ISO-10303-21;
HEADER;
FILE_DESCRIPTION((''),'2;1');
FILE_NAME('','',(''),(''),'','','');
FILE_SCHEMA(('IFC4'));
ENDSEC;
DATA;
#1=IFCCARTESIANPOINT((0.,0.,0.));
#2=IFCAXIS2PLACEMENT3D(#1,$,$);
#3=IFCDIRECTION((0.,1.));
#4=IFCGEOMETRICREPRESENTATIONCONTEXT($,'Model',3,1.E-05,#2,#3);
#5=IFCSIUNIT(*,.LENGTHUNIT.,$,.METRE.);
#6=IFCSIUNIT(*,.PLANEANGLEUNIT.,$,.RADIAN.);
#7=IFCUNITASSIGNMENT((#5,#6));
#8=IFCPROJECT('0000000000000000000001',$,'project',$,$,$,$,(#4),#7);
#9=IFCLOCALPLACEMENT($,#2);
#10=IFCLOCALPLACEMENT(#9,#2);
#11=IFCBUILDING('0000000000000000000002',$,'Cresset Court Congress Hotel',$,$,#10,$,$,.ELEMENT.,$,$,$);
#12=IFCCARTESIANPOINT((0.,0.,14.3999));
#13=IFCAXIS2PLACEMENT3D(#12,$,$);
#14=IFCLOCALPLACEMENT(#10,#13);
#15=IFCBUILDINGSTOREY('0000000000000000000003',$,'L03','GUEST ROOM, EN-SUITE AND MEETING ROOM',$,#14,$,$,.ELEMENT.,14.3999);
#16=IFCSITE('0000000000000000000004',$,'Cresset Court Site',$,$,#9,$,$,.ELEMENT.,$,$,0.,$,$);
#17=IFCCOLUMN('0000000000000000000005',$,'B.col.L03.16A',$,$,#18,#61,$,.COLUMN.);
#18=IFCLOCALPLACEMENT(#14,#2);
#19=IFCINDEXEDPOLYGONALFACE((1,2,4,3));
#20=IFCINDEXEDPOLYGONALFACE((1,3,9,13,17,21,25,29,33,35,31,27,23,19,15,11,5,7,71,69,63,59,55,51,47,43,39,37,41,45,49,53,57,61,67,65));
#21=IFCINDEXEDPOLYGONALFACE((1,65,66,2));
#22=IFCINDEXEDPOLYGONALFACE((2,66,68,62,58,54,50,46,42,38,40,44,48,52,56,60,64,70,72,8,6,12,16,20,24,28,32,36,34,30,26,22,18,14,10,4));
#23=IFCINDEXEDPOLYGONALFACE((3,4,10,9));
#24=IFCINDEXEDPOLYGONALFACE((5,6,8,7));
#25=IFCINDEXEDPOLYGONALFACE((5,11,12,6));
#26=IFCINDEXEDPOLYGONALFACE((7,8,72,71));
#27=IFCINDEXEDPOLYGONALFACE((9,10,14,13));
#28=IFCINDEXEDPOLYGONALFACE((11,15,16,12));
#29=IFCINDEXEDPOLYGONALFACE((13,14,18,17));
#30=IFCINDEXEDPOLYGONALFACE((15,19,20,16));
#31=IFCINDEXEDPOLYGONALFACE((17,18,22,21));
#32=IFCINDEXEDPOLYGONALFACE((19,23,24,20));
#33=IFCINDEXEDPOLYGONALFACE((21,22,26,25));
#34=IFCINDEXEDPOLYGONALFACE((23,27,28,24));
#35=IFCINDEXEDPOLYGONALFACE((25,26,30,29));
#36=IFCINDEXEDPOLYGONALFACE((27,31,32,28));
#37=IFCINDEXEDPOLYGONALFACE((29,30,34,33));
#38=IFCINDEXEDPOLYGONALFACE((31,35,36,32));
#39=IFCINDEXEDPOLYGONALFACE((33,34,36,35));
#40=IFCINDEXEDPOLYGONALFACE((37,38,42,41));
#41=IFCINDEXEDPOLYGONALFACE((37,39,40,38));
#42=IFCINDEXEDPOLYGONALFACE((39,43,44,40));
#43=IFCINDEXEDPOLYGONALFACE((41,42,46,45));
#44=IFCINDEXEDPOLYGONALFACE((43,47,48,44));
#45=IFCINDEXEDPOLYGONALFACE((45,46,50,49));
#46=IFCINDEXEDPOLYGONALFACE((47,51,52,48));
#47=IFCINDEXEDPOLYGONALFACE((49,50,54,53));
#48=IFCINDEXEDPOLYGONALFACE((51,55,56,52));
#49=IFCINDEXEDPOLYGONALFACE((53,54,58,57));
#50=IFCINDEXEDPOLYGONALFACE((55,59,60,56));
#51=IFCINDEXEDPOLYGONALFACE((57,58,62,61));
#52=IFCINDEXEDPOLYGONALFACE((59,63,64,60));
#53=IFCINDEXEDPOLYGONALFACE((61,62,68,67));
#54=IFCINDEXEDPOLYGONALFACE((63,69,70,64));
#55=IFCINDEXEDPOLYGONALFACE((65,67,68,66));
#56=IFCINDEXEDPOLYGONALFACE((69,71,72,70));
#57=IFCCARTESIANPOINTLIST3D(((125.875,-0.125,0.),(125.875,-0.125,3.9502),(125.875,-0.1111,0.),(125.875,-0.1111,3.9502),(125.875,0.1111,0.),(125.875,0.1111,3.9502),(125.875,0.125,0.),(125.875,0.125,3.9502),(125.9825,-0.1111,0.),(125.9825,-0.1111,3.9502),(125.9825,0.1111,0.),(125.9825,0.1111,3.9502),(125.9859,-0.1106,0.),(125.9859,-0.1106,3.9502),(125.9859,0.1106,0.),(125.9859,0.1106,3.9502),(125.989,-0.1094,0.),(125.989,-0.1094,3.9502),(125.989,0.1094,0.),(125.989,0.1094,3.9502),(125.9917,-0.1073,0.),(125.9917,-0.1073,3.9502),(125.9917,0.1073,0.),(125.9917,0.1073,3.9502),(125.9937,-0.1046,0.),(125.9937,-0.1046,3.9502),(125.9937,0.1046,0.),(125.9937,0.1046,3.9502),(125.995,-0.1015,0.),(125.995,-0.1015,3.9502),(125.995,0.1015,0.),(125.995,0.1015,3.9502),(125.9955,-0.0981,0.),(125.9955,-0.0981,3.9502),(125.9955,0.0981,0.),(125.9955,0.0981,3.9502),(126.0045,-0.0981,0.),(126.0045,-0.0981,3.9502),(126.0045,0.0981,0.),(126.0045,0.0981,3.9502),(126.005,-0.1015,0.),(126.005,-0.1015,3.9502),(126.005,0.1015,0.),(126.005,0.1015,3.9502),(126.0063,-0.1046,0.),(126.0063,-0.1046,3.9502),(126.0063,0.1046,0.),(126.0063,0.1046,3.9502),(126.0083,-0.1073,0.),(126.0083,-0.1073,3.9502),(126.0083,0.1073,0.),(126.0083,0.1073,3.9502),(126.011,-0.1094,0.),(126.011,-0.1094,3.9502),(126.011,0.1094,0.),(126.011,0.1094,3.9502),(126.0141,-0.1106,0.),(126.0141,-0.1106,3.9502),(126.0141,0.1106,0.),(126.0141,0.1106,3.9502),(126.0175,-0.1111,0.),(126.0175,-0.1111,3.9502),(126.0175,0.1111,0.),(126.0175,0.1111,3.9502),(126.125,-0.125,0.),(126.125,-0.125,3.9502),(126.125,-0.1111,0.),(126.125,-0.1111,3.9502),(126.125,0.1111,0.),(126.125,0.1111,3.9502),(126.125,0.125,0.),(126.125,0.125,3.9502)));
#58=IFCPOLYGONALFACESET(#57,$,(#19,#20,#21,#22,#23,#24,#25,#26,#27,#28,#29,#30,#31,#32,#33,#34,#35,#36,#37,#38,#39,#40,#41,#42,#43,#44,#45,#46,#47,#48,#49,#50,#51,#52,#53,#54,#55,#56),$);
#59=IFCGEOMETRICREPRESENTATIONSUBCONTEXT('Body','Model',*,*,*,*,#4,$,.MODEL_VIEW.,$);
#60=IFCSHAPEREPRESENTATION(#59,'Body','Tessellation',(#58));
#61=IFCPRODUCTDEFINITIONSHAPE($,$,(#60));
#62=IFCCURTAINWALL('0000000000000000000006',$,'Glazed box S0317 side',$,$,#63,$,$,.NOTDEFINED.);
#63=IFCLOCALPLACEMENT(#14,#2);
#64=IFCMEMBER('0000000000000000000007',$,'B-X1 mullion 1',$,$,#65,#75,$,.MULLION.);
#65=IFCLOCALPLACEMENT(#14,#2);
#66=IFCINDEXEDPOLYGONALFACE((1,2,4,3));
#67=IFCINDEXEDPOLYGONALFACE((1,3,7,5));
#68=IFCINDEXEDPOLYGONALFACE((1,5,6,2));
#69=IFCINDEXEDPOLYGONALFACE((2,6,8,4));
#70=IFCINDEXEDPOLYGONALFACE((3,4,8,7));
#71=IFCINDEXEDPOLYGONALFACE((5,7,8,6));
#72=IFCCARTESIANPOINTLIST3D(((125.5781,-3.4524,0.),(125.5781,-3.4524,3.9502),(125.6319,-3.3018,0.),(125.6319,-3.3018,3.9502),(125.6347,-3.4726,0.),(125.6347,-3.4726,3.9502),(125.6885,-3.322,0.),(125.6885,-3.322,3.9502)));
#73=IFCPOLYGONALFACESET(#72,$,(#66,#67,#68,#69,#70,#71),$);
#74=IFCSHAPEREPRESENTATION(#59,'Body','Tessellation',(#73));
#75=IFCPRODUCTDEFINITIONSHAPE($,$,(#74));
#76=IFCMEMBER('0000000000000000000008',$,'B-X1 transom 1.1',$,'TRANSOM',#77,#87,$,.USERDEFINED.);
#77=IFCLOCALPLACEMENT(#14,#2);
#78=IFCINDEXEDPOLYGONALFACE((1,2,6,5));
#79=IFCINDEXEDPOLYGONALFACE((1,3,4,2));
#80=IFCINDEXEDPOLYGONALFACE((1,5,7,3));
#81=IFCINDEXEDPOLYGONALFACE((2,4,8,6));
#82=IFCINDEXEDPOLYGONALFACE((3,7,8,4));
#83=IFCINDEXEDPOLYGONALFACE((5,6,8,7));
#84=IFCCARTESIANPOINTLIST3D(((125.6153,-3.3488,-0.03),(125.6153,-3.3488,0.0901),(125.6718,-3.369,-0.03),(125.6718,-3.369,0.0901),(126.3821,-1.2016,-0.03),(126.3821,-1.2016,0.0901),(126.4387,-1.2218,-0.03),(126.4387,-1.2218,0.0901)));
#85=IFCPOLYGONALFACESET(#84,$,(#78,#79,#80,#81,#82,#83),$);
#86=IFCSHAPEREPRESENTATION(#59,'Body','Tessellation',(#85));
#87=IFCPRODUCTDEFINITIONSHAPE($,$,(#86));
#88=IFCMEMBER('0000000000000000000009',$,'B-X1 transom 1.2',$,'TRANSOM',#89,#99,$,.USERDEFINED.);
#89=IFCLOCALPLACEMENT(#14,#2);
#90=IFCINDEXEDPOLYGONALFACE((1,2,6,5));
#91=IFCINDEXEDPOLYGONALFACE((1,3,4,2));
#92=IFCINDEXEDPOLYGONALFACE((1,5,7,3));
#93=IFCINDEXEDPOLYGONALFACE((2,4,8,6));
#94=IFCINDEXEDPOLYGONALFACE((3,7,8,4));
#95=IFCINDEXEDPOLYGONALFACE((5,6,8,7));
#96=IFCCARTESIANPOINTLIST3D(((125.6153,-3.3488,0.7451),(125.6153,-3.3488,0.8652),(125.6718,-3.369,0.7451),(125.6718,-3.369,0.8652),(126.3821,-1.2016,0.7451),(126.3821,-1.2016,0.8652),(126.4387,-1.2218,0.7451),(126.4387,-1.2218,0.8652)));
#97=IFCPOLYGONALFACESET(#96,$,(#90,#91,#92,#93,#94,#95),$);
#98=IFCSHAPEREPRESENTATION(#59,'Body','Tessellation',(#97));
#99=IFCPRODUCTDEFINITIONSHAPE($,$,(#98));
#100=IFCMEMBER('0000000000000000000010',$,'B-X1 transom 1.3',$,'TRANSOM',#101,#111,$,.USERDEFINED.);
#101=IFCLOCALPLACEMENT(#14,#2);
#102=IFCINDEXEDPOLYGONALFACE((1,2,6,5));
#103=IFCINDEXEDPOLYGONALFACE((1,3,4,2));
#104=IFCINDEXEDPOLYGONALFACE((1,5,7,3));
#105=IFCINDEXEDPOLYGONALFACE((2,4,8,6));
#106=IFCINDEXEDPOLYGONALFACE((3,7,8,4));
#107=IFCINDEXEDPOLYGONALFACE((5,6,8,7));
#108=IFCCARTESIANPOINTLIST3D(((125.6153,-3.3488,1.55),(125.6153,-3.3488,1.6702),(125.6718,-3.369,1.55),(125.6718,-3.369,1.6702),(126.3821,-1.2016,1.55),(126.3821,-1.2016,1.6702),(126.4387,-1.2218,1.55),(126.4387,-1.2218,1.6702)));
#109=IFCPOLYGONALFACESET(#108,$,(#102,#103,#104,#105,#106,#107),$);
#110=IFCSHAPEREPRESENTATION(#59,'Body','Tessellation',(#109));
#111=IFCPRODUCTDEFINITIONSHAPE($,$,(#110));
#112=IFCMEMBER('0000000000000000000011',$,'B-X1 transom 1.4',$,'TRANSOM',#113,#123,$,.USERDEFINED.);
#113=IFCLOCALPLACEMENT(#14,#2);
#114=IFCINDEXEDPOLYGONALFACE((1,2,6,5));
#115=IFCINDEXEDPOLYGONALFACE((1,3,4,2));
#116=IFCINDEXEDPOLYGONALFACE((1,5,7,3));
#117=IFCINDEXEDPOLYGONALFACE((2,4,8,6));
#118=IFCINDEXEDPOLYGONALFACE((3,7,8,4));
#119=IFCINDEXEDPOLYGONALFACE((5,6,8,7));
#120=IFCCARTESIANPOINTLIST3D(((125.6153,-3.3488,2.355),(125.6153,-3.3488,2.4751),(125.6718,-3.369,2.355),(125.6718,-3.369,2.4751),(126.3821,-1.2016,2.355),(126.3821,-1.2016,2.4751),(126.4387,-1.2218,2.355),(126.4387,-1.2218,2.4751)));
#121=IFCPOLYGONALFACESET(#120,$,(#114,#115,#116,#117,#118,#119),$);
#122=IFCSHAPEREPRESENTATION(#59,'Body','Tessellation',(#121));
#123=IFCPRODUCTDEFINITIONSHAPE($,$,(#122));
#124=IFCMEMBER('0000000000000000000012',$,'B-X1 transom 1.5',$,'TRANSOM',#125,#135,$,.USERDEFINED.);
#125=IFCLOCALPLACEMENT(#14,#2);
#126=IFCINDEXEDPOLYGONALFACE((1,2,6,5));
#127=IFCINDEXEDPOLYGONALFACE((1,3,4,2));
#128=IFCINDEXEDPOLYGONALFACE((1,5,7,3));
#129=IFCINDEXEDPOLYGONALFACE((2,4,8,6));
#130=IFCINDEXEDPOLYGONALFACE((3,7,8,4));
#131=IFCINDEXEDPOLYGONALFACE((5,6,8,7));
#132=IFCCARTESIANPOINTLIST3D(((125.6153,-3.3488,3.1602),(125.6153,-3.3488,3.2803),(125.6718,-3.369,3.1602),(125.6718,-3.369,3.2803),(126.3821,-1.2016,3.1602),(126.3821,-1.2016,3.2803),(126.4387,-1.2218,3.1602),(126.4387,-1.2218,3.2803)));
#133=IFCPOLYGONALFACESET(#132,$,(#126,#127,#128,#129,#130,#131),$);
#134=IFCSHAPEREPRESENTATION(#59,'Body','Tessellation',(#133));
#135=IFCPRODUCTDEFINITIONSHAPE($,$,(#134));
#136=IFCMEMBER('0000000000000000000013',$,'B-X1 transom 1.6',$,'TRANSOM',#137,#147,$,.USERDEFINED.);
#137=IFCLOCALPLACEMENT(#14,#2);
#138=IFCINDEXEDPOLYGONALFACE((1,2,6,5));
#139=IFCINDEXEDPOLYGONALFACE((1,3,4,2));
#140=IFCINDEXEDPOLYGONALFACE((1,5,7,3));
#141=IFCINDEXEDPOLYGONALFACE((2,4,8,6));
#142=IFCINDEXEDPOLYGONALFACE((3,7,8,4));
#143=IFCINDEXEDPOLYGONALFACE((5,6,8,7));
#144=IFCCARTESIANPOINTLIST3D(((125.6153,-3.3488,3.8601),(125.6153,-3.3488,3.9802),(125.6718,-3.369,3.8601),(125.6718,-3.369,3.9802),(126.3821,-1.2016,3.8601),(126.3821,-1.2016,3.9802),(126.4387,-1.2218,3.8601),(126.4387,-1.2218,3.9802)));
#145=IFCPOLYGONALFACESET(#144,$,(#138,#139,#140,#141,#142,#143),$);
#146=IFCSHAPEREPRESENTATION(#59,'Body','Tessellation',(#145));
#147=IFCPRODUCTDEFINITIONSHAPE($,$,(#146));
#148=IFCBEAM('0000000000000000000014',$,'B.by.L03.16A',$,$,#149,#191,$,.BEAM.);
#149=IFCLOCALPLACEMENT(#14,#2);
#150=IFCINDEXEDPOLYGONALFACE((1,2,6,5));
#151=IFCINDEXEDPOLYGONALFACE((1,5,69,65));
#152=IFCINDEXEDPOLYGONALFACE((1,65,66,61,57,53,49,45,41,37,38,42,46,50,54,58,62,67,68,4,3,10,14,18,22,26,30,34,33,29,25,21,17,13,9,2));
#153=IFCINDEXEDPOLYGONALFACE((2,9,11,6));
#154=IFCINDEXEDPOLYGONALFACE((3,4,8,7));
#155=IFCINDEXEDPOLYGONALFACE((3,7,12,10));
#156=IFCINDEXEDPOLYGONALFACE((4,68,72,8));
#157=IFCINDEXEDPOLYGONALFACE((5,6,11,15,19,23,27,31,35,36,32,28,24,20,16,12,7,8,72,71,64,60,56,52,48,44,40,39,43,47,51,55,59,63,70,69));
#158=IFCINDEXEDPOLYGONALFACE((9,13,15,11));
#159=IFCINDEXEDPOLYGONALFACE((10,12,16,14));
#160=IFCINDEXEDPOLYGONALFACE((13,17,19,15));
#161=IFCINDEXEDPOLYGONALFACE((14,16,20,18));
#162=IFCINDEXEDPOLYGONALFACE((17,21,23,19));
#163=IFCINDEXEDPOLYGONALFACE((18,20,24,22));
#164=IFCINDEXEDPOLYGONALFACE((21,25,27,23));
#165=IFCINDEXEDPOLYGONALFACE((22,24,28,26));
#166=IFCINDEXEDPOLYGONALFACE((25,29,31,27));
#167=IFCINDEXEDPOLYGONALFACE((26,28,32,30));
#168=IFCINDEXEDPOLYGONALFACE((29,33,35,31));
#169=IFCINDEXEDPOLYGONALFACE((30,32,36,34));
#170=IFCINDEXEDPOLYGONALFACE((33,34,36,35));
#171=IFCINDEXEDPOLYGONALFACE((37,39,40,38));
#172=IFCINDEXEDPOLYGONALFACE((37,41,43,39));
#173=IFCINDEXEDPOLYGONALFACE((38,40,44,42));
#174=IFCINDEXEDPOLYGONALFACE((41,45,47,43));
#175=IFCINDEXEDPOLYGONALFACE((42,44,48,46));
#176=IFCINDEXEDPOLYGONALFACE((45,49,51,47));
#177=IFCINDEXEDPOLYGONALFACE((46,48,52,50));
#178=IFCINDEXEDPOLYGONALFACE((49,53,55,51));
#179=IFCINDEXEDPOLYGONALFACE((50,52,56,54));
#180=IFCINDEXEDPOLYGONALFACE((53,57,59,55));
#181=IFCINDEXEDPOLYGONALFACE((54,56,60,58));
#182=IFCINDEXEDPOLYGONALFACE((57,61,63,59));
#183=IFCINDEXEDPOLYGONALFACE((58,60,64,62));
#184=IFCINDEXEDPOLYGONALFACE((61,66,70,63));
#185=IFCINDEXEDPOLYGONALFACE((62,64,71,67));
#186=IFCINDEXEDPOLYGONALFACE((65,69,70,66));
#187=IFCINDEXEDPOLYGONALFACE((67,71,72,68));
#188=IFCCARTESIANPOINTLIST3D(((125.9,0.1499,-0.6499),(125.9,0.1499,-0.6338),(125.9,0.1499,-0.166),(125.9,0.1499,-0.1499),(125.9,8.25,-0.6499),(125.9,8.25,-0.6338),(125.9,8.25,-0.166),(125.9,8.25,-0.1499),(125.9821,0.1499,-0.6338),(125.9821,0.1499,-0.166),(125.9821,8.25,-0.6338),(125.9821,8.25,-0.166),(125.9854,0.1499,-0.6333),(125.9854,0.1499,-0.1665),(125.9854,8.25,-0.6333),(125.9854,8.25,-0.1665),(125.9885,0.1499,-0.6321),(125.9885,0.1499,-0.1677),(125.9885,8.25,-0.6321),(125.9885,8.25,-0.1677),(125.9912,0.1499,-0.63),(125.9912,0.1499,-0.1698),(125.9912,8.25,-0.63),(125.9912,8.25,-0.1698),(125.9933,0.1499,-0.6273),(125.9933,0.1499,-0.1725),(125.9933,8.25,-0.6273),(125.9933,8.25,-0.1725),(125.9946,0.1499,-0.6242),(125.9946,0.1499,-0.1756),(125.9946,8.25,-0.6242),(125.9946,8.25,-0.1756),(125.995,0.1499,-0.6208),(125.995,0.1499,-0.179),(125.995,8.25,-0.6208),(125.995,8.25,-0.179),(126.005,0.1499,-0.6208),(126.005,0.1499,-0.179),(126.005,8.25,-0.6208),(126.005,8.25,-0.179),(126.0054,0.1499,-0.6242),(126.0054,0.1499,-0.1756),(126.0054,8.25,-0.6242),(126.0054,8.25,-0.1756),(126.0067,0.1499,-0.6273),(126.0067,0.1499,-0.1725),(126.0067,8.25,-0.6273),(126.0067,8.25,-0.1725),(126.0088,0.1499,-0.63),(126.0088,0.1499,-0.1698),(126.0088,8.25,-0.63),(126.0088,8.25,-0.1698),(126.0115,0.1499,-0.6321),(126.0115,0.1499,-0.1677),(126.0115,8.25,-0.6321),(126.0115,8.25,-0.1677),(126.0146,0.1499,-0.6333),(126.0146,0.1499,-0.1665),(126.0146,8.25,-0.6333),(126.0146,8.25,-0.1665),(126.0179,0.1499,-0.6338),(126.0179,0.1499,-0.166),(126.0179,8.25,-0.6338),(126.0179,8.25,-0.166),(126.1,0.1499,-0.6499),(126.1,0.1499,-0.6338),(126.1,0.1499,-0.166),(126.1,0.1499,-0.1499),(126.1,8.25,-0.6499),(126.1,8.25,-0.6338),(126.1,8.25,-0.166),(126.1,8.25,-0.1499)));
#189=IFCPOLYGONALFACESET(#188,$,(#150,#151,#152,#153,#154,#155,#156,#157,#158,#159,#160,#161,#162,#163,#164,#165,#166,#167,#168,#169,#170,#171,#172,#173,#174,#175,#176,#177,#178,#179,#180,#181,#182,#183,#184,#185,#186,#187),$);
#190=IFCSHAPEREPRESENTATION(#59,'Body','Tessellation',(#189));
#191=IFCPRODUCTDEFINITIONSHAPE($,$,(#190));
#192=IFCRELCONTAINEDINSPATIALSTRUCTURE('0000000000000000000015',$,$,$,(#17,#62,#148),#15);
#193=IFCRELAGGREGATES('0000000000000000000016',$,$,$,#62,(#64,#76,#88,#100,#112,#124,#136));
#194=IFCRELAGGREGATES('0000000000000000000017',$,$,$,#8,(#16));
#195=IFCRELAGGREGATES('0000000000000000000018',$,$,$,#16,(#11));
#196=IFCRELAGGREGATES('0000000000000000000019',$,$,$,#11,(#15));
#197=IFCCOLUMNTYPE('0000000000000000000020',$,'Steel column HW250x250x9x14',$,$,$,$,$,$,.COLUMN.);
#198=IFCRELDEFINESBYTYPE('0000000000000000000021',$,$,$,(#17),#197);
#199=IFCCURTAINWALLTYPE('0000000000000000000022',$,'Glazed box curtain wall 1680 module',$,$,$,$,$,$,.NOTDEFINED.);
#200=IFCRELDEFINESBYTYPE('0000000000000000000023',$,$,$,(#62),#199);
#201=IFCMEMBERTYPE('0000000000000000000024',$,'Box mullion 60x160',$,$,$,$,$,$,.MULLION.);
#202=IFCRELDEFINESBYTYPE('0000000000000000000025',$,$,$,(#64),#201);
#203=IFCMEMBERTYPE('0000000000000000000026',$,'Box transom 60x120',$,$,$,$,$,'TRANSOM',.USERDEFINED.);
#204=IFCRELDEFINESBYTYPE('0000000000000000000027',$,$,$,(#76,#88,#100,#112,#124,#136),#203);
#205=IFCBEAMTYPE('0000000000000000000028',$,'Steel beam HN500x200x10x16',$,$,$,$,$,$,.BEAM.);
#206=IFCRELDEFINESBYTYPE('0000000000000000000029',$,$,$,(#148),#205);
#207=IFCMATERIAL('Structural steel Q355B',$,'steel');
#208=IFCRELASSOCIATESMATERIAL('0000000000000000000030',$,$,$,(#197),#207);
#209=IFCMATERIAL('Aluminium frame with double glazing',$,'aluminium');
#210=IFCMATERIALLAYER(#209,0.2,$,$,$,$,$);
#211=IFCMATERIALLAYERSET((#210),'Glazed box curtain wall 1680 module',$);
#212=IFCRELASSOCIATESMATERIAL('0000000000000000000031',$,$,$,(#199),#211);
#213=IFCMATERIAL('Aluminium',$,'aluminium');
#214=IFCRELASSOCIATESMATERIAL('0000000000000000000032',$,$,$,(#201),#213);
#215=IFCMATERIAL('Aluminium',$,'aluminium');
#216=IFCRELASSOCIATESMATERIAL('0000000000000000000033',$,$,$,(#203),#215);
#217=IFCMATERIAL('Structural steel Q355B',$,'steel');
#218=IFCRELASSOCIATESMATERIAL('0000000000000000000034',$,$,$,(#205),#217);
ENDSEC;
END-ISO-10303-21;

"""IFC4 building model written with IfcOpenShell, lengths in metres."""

from ifc_helpers import new_model, si_unit, direction, frame, origin, origin_2d, place, context, subcontext, project, spatial, rectangle, i_section, extrude, material, layer, layer_set, material_profile, profile_set, type_object, element, aggregate, save


model = new_model("IFC4")

# Units and contexts
model_context = context("Model", 3, precision=1e-05, world=origin(), true_north=direction((0.0, 1.0)))
body_context = subcontext(model_context, "Body", "Model", "MODEL_VIEW")
ifc_project = project(units=[si_unit("LENGTHUNIT", "METRE"), si_unit("PLANEANGLEUNIT", "RADIAN")], contexts=[model_context])

# Site, building, storey
site_placement = place(None, origin())
site = spatial("IfcSite", under=ifc_project, at=site_placement, Name="Cresset Court Site", CompositionType="ELEMENT", RefElevation=0.0)
building_placement = place(site_placement, origin())
building = spatial("IfcBuilding", under=site, at=building_placement, Name="Cresset Court Congress Hotel", CompositionType="ELEMENT")
storey_placement = place(building_placement, frame((0.0, 0.0, 14.3999)))
storey = spatial("IfcBuildingStorey", under=building, at=storey_placement, Name="L03", Description="GUEST ROOM, EN-SUITE AND MEETING ROOM", CompositionType="ELEMENT", Elevation=14.3999)

# Column
ifc_material_1 = material(Name="Structural steel Q355B", Category="steel")
ifc_material_profile_1 = material_profile(ifc_material_1, i_section(OverallWidth=0.25, OverallDepth=0.25, WebThickness=0.009, FlangeThickness=0.0139, FilletRadius=0.0129, at=origin_2d()), Name="HW250x250x9x14")
ifc_profile_set_1 = profile_set([ifc_material_profile_1], Name="Structural steel Q355B")
column_type = type_object("IfcColumnType", Name="Steel column HW250x250x9x14", PredefinedType="COLUMN", material=ifc_profile_set_1)
column_placement = place(storey_placement, frame((126.0, 0.0, 0.0), z_axis=(0.0, 0.0, 1.0), x_axis=(1.0, 0.0, 0.0)))
element("IfcColumn", 1, at=column_placement, inside=storey, type_object=column_type, Name="B.col.L03.16A", PredefinedType="COLUMN", context=body_context, shape_type="SweptSolid", body=[
    extrude(i_section(OverallWidth=0.25, OverallDepth=0.25, WebThickness=0.009, FlangeThickness=0.0139, FilletRadius=0.0129, at=origin_2d()), origin(), (0.0, 0.0, 1.0), 3.9502),
])

# Curtain wall, members
ifc_material_2 = material(Name="Aluminium frame with double glazing", Category="aluminium")
ifc_layer_1 = layer(ifc_material_2, 0.2)
ifc_layer_set_1 = layer_set([ifc_layer_1], Name="Glazed box curtain wall 1680 module")
curtain_wall_type = type_object("IfcCurtainWallType", Name="Glazed box curtain wall 1680 module", PredefinedType="NOTDEFINED", material=ifc_layer_set_1)
curtain_wall_1_placement = place(storey_placement, origin())
curtain_wall_1 = element("IfcCurtainWall", 2, at=curtain_wall_1_placement, inside=storey, type_object=curtain_wall_type, Name="Glazed box S0317 side", PredefinedType="NOTDEFINED")
ifc_material_3 = material(Name="Aluminium", Category="aluminium")
ifc_material_profile_2 = material_profile(ifc_material_3, rectangle(XDim=0.0601, YDim=0.1599, at=origin_2d()), Name="Box mullion 60x160")
ifc_profile_set_2 = profile_set([ifc_material_profile_2], Name="Aluminium")
member_type_1 = type_object("IfcMemberType", Name="Box mullion 60x160", PredefinedType="MULLION", material=ifc_profile_set_2)
member_1_placement = place(storey_placement, frame((125.6333, -3.3872, 0.0), z_axis=(0.0, 0.0, 1.0), x_axis=(-0.941742, 0.336336, 0.0)))
member_1 = element("IfcMember", 3, at=member_1_placement, type_object=member_type_1, Name="B-X1 mullion 1", PredefinedType="MULLION", context=body_context, shape_type="SweptSolid", body=[
    extrude(rectangle(XDim=0.0601, YDim=0.1599, at=origin_2d()), origin(), (0.0, 0.0, 1.0), 3.9502),
])
ifc_material_4 = material(Name="Aluminium", Category="aluminium")
ifc_material_profile_3 = material_profile(ifc_material_4, rectangle(XDim=0.0601, YDim=0.1201, at=origin_2d()), Name="Box transom 60x120")
ifc_profile_set_3 = profile_set([ifc_material_profile_3], Name="Aluminium")
member_type_2 = type_object("IfcMemberType", Name="Box transom 60x120", ElementType="TRANSOM", PredefinedType="USERDEFINED", material=ifc_profile_set_3)
member_2_placement = place(storey_placement, frame((125.6436, -3.3589, 0.03), z_axis=(0.33633, 0.941744, 0.0), x_axis=(-0.941744, 0.33633, 0.0)))
member_2 = element("IfcMember", 4, at=member_2_placement, type_object=member_type_2, Name="B-X1 transom 1.1", ObjectType="TRANSOM", PredefinedType="USERDEFINED", context=body_context, shape_type="SweptSolid", body=[
    extrude(rectangle(XDim=0.0601, YDim=0.1201, at=origin_2d()), origin(), (0.0, 0.0, 1.0), 2.28),
])
member_3_placement = place(storey_placement, frame((125.6436, -3.3589, 0.8052), z_axis=(0.33633, 0.941744, 0.0), x_axis=(-0.941744, 0.33633, 0.0)))
member_3 = element("IfcMember", 5, at=member_3_placement, type_object=member_type_2, Name="B-X1 transom 1.2", ObjectType="TRANSOM", PredefinedType="USERDEFINED", context=body_context, shape_type="SweptSolid", body=[
    extrude(rectangle(XDim=0.0601, YDim=0.1201, at=origin_2d()), origin(), (0.0, 0.0, 1.0), 2.28),
])
member_4_placement = place(storey_placement, frame((125.6436, -3.3589, 1.6101), z_axis=(0.33633, 0.941744, 0.0), x_axis=(-0.941744, 0.33633, 0.0)))
member_4 = element("IfcMember", 6, at=member_4_placement, type_object=member_type_2, Name="B-X1 transom 1.3", ObjectType="TRANSOM", PredefinedType="USERDEFINED", context=body_context, shape_type="SweptSolid", body=[
    extrude(rectangle(XDim=0.0601, YDim=0.1201, at=origin_2d()), origin(), (0.0, 0.0, 1.0), 2.28),
])
member_5_placement = place(storey_placement, frame((125.6436, -3.3589, 2.415), z_axis=(0.33633, 0.941744, 0.0), x_axis=(-0.941744, 0.33633, 0.0)))
member_5 = element("IfcMember", 7, at=member_5_placement, type_object=member_type_2, Name="B-X1 transom 1.4", ObjectType="TRANSOM", PredefinedType="USERDEFINED", context=body_context, shape_type="SweptSolid", body=[
    extrude(rectangle(XDim=0.0601, YDim=0.1201, at=origin_2d()), origin(), (0.0, 0.0, 1.0), 2.28),
])
member_6_placement = place(storey_placement, frame((125.6436, -3.3589, 3.2202), z_axis=(0.33633, 0.941744, 0.0), x_axis=(-0.941744, 0.33633, 0.0)))
member_6 = element("IfcMember", 8, at=member_6_placement, type_object=member_type_2, Name="B-X1 transom 1.5", ObjectType="TRANSOM", PredefinedType="USERDEFINED", context=body_context, shape_type="SweptSolid", body=[
    extrude(rectangle(XDim=0.0601, YDim=0.1201, at=origin_2d()), origin(), (0.0, 0.0, 1.0), 2.28),
])
member_7_placement = place(storey_placement, frame((125.6436, -3.3589, 3.9202), z_axis=(0.33633, 0.941744, 0.0), x_axis=(-0.941744, 0.33633, 0.0)))
member_7 = element("IfcMember", 9, at=member_7_placement, type_object=member_type_2, Name="B-X1 transom 1.6", ObjectType="TRANSOM", PredefinedType="USERDEFINED", context=body_context, shape_type="SweptSolid", body=[
    extrude(rectangle(XDim=0.0601, YDim=0.1201, at=origin_2d()), origin(), (0.0, 0.0, 1.0), 2.28),
])

# Beam
ifc_material_5 = material(Name="Structural steel Q355B", Category="steel")
ifc_material_profile_4 = material_profile(ifc_material_5, i_section(OverallWidth=0.2, OverallDepth=0.5, WebThickness=0.01, FlangeThickness=0.0161, FilletRadius=0.0129, at=origin_2d()), Name="HN500x200x10x16")
ifc_profile_set_4 = profile_set([ifc_material_profile_4], Name="Structural steel Q355B")
beam_type_1 = type_object("IfcBeamType", Name="Steel beam HN500x200x10x16", PredefinedType="BEAM", material=ifc_profile_set_4)
beam_1_placement = place(storey_placement, frame((126.0, 0.1499, -0.3999), z_axis=(0.0, 1.0, 0.0), x_axis=(-1.0, 0.0, 0.0)))
element("IfcBeam", 10, at=beam_1_placement, inside=storey, type_object=beam_type_1, Name="B.by.L03.16A", PredefinedType="BEAM", context=body_context, shape_type="SweptSolid", body=[
    extrude(i_section(OverallWidth=0.2, OverallDepth=0.5, WebThickness=0.01, FlangeThickness=0.0161, FilletRadius=0.0129, at=origin_2d()), origin(), (0.0, 0.0, 1.0), 8.1001),
])

aggregate(curtain_wall_1, [member_1, member_2, member_3, member_4, member_5, member_6, member_7])

save(model, "model.ifc")
